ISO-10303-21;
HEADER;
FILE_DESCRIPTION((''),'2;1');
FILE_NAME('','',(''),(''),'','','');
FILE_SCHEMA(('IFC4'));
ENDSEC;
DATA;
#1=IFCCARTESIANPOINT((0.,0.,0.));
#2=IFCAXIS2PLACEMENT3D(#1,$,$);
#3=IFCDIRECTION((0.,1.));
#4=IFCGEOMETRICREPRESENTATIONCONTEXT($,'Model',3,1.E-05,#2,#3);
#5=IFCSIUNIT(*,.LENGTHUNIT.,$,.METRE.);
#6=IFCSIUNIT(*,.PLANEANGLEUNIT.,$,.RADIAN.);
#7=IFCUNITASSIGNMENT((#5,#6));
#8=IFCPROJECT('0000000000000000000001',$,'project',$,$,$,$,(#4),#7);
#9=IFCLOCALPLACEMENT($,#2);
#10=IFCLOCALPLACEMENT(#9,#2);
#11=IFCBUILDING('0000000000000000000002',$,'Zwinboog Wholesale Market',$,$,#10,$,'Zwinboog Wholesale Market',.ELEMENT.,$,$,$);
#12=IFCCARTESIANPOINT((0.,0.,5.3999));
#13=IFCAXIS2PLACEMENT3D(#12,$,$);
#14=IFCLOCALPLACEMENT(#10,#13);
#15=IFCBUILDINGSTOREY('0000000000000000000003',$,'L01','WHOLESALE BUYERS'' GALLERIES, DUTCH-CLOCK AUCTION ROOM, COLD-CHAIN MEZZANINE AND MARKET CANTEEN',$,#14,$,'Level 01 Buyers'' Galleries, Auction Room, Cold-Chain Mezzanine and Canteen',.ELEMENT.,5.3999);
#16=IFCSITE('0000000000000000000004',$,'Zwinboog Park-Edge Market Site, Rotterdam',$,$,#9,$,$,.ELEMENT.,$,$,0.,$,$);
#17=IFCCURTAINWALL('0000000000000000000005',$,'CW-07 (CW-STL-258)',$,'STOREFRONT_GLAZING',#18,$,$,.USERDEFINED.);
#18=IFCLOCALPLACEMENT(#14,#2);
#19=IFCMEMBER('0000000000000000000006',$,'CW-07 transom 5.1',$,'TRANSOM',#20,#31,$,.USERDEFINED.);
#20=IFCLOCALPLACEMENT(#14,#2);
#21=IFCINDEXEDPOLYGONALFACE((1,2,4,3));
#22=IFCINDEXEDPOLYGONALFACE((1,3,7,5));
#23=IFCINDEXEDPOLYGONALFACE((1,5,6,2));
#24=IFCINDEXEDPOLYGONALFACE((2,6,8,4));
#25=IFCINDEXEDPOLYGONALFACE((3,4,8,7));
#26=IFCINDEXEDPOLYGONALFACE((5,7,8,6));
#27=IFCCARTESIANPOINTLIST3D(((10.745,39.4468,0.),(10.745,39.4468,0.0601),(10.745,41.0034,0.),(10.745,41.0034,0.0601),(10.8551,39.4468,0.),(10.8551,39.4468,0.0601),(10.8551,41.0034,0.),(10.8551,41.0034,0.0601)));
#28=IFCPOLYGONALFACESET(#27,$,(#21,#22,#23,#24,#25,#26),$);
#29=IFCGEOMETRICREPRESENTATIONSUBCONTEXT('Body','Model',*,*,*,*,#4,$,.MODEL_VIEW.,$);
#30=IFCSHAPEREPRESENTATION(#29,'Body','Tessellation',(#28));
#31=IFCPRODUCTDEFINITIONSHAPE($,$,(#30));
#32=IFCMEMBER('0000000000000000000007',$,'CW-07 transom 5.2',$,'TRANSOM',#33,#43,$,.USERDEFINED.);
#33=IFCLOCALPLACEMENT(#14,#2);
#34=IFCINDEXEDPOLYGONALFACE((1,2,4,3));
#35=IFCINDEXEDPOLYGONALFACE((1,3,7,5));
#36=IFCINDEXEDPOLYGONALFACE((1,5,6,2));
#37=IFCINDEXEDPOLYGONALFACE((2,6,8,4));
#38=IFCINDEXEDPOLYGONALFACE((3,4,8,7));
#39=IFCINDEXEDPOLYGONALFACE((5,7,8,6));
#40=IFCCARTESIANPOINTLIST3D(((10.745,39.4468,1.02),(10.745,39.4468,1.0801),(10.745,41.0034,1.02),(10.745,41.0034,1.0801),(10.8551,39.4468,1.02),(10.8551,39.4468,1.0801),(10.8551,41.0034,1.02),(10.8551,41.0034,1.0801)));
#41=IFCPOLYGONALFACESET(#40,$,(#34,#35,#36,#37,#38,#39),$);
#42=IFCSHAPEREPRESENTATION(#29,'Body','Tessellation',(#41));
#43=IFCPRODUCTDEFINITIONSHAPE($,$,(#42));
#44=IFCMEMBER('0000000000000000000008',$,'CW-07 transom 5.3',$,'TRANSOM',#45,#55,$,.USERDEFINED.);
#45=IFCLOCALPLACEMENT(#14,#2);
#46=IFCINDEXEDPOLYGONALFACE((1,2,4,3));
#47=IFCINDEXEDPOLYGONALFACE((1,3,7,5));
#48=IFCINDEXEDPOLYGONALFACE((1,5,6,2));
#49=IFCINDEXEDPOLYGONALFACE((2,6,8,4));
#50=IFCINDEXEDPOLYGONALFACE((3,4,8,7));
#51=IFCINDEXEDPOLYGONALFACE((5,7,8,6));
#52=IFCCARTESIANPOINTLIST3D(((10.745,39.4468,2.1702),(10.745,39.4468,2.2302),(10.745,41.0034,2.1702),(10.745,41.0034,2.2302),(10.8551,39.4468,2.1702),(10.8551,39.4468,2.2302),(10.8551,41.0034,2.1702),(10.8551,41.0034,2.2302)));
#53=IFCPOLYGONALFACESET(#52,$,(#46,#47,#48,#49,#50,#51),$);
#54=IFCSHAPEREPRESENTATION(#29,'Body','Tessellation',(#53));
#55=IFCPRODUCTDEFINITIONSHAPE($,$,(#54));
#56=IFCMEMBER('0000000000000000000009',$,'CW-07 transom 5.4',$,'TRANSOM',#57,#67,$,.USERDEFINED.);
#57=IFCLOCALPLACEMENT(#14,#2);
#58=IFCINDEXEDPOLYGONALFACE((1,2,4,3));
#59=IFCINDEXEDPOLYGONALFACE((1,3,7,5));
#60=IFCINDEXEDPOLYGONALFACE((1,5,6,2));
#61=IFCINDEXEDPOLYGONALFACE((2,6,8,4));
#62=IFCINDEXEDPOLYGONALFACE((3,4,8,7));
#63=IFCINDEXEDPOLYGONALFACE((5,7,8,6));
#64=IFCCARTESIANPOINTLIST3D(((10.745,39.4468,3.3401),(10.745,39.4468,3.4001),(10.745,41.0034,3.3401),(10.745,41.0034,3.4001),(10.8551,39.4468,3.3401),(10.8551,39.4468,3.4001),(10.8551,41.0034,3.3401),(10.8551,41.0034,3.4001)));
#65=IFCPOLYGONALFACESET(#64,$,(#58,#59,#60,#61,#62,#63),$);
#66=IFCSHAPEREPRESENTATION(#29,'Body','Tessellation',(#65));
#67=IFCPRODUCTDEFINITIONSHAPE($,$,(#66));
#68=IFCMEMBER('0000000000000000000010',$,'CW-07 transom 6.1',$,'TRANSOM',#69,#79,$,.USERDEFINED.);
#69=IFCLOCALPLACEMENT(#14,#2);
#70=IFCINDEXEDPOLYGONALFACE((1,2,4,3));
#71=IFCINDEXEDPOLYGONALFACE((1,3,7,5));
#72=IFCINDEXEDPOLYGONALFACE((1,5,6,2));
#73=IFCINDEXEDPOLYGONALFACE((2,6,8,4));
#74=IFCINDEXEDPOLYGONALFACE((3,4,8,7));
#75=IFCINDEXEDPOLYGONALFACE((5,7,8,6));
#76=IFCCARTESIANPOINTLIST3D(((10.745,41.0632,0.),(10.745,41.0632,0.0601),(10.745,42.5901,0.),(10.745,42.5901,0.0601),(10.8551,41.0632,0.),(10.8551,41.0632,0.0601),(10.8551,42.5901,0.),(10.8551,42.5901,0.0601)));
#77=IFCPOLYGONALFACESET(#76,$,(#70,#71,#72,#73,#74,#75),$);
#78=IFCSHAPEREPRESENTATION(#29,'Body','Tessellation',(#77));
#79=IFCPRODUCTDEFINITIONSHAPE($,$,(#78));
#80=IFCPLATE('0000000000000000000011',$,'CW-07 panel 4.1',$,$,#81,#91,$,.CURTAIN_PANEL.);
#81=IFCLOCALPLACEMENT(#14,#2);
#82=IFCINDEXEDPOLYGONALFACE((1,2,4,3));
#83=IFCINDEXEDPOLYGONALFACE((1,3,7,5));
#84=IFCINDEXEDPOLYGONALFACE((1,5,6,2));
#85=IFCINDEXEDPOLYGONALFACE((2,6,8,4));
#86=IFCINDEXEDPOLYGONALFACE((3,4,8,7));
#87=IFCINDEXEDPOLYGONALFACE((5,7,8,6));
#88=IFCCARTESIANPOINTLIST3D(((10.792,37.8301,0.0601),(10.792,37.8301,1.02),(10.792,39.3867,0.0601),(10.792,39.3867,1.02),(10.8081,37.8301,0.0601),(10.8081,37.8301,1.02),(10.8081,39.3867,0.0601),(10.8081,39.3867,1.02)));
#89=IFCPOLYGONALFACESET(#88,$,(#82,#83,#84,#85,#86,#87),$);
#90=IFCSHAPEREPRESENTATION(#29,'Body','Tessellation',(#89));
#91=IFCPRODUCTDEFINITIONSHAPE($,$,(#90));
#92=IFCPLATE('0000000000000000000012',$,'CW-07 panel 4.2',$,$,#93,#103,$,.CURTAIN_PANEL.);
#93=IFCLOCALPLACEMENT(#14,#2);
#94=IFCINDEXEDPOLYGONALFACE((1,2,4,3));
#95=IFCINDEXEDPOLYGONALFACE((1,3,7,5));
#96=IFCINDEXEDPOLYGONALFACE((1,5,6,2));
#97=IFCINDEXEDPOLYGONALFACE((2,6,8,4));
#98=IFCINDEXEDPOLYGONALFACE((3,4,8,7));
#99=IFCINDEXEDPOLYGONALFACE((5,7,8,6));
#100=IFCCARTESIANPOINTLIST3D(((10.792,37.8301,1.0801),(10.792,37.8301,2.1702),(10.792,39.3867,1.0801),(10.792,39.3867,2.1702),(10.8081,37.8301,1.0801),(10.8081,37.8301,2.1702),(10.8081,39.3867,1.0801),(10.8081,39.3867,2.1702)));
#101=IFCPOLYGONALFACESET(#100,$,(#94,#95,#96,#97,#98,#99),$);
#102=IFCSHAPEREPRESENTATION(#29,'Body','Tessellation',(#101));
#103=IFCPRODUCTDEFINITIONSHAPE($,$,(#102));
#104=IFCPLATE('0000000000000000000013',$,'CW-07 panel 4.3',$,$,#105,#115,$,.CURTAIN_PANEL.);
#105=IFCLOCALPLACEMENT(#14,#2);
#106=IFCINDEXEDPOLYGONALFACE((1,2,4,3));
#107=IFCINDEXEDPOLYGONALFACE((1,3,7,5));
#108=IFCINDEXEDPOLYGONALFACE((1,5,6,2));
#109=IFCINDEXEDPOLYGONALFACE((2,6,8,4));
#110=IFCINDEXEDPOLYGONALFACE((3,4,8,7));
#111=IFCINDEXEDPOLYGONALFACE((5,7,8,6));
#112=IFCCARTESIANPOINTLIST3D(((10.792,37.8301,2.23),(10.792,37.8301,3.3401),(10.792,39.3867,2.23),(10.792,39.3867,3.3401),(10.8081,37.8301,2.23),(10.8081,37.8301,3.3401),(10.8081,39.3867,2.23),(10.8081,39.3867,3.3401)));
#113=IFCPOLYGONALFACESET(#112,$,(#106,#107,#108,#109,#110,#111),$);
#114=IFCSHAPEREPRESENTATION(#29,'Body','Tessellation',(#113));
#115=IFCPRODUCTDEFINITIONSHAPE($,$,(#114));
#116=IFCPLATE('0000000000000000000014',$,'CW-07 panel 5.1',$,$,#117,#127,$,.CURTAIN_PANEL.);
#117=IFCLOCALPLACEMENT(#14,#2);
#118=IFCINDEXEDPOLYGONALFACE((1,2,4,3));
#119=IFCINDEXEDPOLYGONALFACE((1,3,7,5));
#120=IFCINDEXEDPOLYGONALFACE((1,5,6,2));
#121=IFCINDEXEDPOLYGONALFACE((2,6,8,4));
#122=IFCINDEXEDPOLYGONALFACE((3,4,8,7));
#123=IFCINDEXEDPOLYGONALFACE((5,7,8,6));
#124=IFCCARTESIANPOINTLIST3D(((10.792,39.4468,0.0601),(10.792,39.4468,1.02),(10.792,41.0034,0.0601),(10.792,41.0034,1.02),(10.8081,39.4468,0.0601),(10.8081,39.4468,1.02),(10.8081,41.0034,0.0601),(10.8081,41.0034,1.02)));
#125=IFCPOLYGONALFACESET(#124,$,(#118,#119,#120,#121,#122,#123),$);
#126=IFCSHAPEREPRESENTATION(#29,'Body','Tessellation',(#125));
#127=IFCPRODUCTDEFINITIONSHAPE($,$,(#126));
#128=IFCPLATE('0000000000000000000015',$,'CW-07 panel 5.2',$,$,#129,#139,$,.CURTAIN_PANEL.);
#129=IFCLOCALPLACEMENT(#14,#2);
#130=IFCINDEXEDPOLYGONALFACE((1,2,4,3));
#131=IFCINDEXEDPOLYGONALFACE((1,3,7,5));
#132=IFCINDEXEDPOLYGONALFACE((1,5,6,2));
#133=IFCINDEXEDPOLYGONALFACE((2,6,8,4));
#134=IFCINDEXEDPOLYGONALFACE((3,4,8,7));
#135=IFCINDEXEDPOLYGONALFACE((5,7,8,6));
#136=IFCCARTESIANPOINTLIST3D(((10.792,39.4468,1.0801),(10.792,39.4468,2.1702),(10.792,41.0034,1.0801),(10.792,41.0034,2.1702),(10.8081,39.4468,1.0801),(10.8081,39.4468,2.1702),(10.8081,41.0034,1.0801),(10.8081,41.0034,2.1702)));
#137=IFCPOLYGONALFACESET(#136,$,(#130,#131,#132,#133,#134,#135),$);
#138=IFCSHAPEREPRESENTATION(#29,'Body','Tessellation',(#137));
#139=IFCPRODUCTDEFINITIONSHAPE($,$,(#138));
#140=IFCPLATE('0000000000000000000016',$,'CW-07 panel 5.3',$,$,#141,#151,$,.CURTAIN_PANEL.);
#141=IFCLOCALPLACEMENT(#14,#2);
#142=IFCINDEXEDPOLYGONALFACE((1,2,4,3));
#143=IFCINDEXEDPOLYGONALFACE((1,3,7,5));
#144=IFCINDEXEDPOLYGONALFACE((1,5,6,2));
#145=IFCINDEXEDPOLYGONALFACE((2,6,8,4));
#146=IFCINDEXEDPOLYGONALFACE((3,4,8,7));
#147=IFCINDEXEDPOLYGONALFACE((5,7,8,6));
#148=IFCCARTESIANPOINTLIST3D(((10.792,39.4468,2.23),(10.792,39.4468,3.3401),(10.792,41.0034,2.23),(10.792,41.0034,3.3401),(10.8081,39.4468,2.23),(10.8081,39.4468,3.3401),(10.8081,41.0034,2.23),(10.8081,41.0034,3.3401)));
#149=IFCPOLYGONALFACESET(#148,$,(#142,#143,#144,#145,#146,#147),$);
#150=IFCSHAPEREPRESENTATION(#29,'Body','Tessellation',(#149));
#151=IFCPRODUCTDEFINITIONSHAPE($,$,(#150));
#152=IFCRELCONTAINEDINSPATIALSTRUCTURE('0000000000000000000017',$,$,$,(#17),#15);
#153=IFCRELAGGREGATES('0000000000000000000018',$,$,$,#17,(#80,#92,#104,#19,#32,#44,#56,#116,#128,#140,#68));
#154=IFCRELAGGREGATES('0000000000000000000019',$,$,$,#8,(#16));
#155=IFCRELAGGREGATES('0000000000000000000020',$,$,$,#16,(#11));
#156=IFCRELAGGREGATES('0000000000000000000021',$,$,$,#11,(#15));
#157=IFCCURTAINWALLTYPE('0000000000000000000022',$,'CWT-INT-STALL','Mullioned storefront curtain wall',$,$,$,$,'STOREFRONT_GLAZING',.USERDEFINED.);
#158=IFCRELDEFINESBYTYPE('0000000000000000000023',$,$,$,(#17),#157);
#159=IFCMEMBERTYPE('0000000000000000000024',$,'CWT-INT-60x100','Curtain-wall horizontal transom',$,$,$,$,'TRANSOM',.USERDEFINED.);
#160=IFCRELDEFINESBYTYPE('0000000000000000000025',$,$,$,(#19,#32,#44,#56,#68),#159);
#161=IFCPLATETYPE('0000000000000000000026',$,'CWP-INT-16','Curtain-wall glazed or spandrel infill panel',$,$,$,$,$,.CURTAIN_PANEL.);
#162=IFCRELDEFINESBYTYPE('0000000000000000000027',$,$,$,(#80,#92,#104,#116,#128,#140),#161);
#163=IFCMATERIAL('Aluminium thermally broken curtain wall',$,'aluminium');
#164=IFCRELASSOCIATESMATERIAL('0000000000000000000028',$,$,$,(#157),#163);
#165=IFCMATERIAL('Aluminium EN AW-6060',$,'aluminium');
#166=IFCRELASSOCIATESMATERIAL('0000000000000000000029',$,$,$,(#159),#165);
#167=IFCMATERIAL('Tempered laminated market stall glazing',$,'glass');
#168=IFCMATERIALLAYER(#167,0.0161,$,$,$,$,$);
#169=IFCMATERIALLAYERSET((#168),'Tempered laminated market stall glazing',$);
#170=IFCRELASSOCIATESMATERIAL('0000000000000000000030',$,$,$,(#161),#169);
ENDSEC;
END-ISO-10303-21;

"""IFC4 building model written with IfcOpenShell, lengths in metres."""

from ifc_helpers import new_model, si_unit, direction, frame, origin, origin_2d, place, context, subcontext, project, spatial, rectangle, extrude, material, layer, layer_set, material_profile, profile_set, type_object, element, aggregate, save


model = new_model("IFC4")

# Units and contexts
model_context = context("Model", 3, precision=1e-05, world=origin(), true_north=direction((0.0, 1.0)))
body_context = subcontext(model_context, "Body", "Model", "MODEL_VIEW")
ifc_project = project(units=[si_unit("LENGTHUNIT", "METRE"), si_unit("PLANEANGLEUNIT", "RADIAN")], contexts=[model_context])

# Site, building, storey
site_placement = place(None, origin())
site = spatial("IfcSite", under=ifc_project, at=site_placement, Name="Zwinboog Park-Edge Market Site, Rotterdam", CompositionType="ELEMENT", RefElevation=0.0)
building_placement = place(site_placement, origin())
building = spatial("IfcBuilding", under=site, at=building_placement, Name="Zwinboog Wholesale Market", LongName="Zwinboog Wholesale Market", CompositionType="ELEMENT")
storey_placement = place(building_placement, frame((0.0, 0.0, 5.3999)))
storey = spatial("IfcBuildingStorey", under=building, at=storey_placement, Name="L01", Description="WHOLESALE BUYERS' GALLERIES, DUTCH-CLOCK AUCTION ROOM, COLD-CHAIN MEZZANINE AND MARKET CANTEEN", LongName="Level 01 Buyers' Galleries, Auction Room, Cold-Chain Mezzanine and Canteen", CompositionType="ELEMENT", Elevation=5.3999)

# Curtain wall, members, plates
ifc_material_1 = material(Name="Aluminium thermally broken curtain wall", Category="aluminium")
curtain_wall_type = type_object("IfcCurtainWallType", Name="CWT-INT-STALL", Description="Mullioned storefront curtain wall", ElementType="STOREFRONT_GLAZING", PredefinedType="USERDEFINED", material=ifc_material_1)
curtain_wall_placement = place(storey_placement, origin())
curtain_wall = element("IfcCurtainWall", 1, at=curtain_wall_placement, inside=storey, type_object=curtain_wall_type, Name="CW-07 (CW-STL-258)", ObjectType="STOREFRONT_GLAZING", PredefinedType="USERDEFINED")
ifc_material_2 = material(Name="Aluminium EN AW-6060", Category="aluminium")
ifc_material_profile_1 = material_profile(ifc_material_2, rectangle(XDim=0.1101, YDim=0.0601, at=origin_2d()), Name="AL 60x110")
ifc_profile_set_1 = profile_set([ifc_material_profile_1], Name="Aluminium EN AW-6060")
member_type_1 = type_object("IfcMemberType", Name="CWT-INT-60x100", Description="Curtain-wall horizontal transom", ElementType="TRANSOM", PredefinedType="USERDEFINED", material=ifc_profile_set_1)
member_1_placement = place(storey_placement, frame((10.8, 39.4468, 0.03), z_axis=(0.0, 1.0, 0.0), x_axis=(-1.0, 0.0, 0.0)))
member_1 = element("IfcMember", 2, at=member_1_placement, type_object=member_type_1, Name="CW-07 transom 5.1", ObjectType="TRANSOM", PredefinedType="USERDEFINED", context=body_context, shape_type="SweptSolid", body=[
    extrude(rectangle(XDim=0.1101, YDim=0.0601, at=origin_2d()), origin(), (0.0, 0.0, 1.0), 1.5566),
])
member_2_placement = place(storey_placement, frame((10.8, 39.4468, 1.05), z_axis=(0.0, 1.0, 0.0), x_axis=(-1.0, 0.0, 0.0)))
member_2 = element("IfcMember", 3, at=member_2_placement, type_object=member_type_1, Name="CW-07 transom 5.2", ObjectType="TRANSOM", PredefinedType="USERDEFINED", context=body_context, shape_type="SweptSolid", body=[
    extrude(rectangle(XDim=0.1101, YDim=0.0601, at=origin_2d()), origin(), (0.0, 0.0, 1.0), 1.5566),
])
member_3_placement = place(storey_placement, frame((10.8, 39.4468, 2.2002), z_axis=(0.0, 1.0, 0.0), x_axis=(-1.0, 0.0, 0.0)))
member_3 = element("IfcMember", 4, at=member_3_placement, type_object=member_type_1, Name="CW-07 transom 5.3", ObjectType="TRANSOM", PredefinedType="USERDEFINED", context=body_context, shape_type="SweptSolid", body=[
    extrude(rectangle(XDim=0.1101, YDim=0.0601, at=origin_2d()), origin(), (0.0, 0.0, 1.0), 1.5566),
])
member_4_placement = place(storey_placement, frame((10.8, 39.4468, 3.3701), z_axis=(0.0, 1.0, 0.0), x_axis=(-1.0, 0.0, 0.0)))
member_4 = element("IfcMember", 5, at=member_4_placement, type_object=member_type_1, Name="CW-07 transom 5.4", ObjectType="TRANSOM", PredefinedType="USERDEFINED", context=body_context, shape_type="SweptSolid", body=[
    extrude(rectangle(XDim=0.1101, YDim=0.0601, at=origin_2d()), origin(), (0.0, 0.0, 1.0), 1.5566),
])
member_5_placement = place(storey_placement, frame((10.8, 41.0632, 0.03), z_axis=(0.0, 1.0, 0.0), x_axis=(-1.0, 0.0, 0.0)))
member_5 = element("IfcMember", 6, at=member_5_placement, type_object=member_type_1, Name="CW-07 transom 6.1", ObjectType="TRANSOM", PredefinedType="USERDEFINED", context=body_context, shape_type="SweptSolid", body=[
    extrude(rectangle(XDim=0.1101, YDim=0.0601, at=origin_2d()), origin(), (0.0, 0.0, 1.0), 1.5269),
])
ifc_material_3 = material(Name="Tempered laminated market stall glazing", Category="glass")
ifc_layer = layer(ifc_material_3, 0.0161)
ifc_layer_set = layer_set([ifc_layer], Name="Tempered laminated market stall glazing")
plate_type = type_object("IfcPlateType", Name="CWP-INT-16", Description="Curtain-wall glazed or spandrel infill panel", PredefinedType="CURTAIN_PANEL", material=ifc_layer_set)
plate_1_placement = place(storey_placement, frame((10.8, 38.6084, 0.0601), z_axis=(0.0, 0.0, 1.0), x_axis=(0.0, 1.0, 0.0)))
plate_1 = element("IfcPlate", 7, at=plate_1_placement, type_object=plate_type, Name="CW-07 panel 4.1", PredefinedType="CURTAIN_PANEL", context=body_context, shape_type="SweptSolid", body=[
    extrude(rectangle(XDim=1.5566, YDim=0.0161, at=origin_2d()), origin(), (0.0, 0.0, 1.0), 0.96),
])
plate_2_placement = place(storey_placement, frame((10.8, 38.6084, 1.0801), z_axis=(0.0, 0.0, 1.0), x_axis=(0.0, 1.0, 0.0)))
plate_2 = element("IfcPlate", 8, at=plate_2_placement, type_object=plate_type, Name="CW-07 panel 4.2", PredefinedType="CURTAIN_PANEL", context=body_context, shape_type="SweptSolid", body=[
    extrude(rectangle(XDim=1.5566, YDim=0.0161, at=origin_2d()), origin(), (0.0, 0.0, 1.0), 1.0901),
])
plate_3_placement = place(storey_placement, frame((10.8, 38.6084, 2.23), z_axis=(0.0, 0.0, 1.0), x_axis=(0.0, 1.0, 0.0)))
plate_3 = element("IfcPlate", 9, at=plate_3_placement, type_object=plate_type, Name="CW-07 panel 4.3", PredefinedType="CURTAIN_PANEL", context=body_context, shape_type="SweptSolid", body=[
    extrude(rectangle(XDim=1.5566, YDim=0.0161, at=origin_2d()), origin(), (0.0, 0.0, 1.0), 1.1101),
])
plate_4_placement = place(storey_placement, frame((10.8, 40.2251, 0.0601), z_axis=(0.0, 0.0, 1.0), x_axis=(0.0, 1.0, 0.0)))
plate_4 = element("IfcPlate", 10, at=plate_4_placement, type_object=plate_type, Name="CW-07 panel 5.1", PredefinedType="CURTAIN_PANEL", context=body_context, shape_type="SweptSolid", body=[
    extrude(rectangle(XDim=1.5566, YDim=0.0161, at=origin_2d()), origin(), (0.0, 0.0, 1.0), 0.96),
])
plate_5_placement = place(storey_placement, frame((10.8, 40.2251, 1.0801), z_axis=(0.0, 0.0, 1.0), x_axis=(0.0, 1.0, 0.0)))
plate_5 = element("IfcPlate", 11, at=plate_5_placement, type_object=plate_type, Name="CW-07 panel 5.2", PredefinedType="CURTAIN_PANEL", context=body_context, shape_type="SweptSolid", body=[
    extrude(rectangle(XDim=1.5566, YDim=0.0161, at=origin_2d()), origin(), (0.0, 0.0, 1.0), 1.0901),
])
plate_6_placement = place(storey_placement, frame((10.8, 40.2251, 2.23), z_axis=(0.0, 0.0, 1.0), x_axis=(0.0, 1.0, 0.0)))
plate_6 = element("IfcPlate", 12, at=plate_6_placement, type_object=plate_type, Name="CW-07 panel 5.3", PredefinedType="CURTAIN_PANEL", context=body_context, shape_type="SweptSolid", body=[
    extrude(rectangle(XDim=1.5566, YDim=0.0161, at=origin_2d()), origin(), (0.0, 0.0, 1.0), 1.1101),
])
aggregate(curtain_wall, [plate_1, plate_2, plate_3, member_1, member_2, member_3, member_4, plate_4, plate_5, plate_6, member_5])

save(model, "model.ifc")
